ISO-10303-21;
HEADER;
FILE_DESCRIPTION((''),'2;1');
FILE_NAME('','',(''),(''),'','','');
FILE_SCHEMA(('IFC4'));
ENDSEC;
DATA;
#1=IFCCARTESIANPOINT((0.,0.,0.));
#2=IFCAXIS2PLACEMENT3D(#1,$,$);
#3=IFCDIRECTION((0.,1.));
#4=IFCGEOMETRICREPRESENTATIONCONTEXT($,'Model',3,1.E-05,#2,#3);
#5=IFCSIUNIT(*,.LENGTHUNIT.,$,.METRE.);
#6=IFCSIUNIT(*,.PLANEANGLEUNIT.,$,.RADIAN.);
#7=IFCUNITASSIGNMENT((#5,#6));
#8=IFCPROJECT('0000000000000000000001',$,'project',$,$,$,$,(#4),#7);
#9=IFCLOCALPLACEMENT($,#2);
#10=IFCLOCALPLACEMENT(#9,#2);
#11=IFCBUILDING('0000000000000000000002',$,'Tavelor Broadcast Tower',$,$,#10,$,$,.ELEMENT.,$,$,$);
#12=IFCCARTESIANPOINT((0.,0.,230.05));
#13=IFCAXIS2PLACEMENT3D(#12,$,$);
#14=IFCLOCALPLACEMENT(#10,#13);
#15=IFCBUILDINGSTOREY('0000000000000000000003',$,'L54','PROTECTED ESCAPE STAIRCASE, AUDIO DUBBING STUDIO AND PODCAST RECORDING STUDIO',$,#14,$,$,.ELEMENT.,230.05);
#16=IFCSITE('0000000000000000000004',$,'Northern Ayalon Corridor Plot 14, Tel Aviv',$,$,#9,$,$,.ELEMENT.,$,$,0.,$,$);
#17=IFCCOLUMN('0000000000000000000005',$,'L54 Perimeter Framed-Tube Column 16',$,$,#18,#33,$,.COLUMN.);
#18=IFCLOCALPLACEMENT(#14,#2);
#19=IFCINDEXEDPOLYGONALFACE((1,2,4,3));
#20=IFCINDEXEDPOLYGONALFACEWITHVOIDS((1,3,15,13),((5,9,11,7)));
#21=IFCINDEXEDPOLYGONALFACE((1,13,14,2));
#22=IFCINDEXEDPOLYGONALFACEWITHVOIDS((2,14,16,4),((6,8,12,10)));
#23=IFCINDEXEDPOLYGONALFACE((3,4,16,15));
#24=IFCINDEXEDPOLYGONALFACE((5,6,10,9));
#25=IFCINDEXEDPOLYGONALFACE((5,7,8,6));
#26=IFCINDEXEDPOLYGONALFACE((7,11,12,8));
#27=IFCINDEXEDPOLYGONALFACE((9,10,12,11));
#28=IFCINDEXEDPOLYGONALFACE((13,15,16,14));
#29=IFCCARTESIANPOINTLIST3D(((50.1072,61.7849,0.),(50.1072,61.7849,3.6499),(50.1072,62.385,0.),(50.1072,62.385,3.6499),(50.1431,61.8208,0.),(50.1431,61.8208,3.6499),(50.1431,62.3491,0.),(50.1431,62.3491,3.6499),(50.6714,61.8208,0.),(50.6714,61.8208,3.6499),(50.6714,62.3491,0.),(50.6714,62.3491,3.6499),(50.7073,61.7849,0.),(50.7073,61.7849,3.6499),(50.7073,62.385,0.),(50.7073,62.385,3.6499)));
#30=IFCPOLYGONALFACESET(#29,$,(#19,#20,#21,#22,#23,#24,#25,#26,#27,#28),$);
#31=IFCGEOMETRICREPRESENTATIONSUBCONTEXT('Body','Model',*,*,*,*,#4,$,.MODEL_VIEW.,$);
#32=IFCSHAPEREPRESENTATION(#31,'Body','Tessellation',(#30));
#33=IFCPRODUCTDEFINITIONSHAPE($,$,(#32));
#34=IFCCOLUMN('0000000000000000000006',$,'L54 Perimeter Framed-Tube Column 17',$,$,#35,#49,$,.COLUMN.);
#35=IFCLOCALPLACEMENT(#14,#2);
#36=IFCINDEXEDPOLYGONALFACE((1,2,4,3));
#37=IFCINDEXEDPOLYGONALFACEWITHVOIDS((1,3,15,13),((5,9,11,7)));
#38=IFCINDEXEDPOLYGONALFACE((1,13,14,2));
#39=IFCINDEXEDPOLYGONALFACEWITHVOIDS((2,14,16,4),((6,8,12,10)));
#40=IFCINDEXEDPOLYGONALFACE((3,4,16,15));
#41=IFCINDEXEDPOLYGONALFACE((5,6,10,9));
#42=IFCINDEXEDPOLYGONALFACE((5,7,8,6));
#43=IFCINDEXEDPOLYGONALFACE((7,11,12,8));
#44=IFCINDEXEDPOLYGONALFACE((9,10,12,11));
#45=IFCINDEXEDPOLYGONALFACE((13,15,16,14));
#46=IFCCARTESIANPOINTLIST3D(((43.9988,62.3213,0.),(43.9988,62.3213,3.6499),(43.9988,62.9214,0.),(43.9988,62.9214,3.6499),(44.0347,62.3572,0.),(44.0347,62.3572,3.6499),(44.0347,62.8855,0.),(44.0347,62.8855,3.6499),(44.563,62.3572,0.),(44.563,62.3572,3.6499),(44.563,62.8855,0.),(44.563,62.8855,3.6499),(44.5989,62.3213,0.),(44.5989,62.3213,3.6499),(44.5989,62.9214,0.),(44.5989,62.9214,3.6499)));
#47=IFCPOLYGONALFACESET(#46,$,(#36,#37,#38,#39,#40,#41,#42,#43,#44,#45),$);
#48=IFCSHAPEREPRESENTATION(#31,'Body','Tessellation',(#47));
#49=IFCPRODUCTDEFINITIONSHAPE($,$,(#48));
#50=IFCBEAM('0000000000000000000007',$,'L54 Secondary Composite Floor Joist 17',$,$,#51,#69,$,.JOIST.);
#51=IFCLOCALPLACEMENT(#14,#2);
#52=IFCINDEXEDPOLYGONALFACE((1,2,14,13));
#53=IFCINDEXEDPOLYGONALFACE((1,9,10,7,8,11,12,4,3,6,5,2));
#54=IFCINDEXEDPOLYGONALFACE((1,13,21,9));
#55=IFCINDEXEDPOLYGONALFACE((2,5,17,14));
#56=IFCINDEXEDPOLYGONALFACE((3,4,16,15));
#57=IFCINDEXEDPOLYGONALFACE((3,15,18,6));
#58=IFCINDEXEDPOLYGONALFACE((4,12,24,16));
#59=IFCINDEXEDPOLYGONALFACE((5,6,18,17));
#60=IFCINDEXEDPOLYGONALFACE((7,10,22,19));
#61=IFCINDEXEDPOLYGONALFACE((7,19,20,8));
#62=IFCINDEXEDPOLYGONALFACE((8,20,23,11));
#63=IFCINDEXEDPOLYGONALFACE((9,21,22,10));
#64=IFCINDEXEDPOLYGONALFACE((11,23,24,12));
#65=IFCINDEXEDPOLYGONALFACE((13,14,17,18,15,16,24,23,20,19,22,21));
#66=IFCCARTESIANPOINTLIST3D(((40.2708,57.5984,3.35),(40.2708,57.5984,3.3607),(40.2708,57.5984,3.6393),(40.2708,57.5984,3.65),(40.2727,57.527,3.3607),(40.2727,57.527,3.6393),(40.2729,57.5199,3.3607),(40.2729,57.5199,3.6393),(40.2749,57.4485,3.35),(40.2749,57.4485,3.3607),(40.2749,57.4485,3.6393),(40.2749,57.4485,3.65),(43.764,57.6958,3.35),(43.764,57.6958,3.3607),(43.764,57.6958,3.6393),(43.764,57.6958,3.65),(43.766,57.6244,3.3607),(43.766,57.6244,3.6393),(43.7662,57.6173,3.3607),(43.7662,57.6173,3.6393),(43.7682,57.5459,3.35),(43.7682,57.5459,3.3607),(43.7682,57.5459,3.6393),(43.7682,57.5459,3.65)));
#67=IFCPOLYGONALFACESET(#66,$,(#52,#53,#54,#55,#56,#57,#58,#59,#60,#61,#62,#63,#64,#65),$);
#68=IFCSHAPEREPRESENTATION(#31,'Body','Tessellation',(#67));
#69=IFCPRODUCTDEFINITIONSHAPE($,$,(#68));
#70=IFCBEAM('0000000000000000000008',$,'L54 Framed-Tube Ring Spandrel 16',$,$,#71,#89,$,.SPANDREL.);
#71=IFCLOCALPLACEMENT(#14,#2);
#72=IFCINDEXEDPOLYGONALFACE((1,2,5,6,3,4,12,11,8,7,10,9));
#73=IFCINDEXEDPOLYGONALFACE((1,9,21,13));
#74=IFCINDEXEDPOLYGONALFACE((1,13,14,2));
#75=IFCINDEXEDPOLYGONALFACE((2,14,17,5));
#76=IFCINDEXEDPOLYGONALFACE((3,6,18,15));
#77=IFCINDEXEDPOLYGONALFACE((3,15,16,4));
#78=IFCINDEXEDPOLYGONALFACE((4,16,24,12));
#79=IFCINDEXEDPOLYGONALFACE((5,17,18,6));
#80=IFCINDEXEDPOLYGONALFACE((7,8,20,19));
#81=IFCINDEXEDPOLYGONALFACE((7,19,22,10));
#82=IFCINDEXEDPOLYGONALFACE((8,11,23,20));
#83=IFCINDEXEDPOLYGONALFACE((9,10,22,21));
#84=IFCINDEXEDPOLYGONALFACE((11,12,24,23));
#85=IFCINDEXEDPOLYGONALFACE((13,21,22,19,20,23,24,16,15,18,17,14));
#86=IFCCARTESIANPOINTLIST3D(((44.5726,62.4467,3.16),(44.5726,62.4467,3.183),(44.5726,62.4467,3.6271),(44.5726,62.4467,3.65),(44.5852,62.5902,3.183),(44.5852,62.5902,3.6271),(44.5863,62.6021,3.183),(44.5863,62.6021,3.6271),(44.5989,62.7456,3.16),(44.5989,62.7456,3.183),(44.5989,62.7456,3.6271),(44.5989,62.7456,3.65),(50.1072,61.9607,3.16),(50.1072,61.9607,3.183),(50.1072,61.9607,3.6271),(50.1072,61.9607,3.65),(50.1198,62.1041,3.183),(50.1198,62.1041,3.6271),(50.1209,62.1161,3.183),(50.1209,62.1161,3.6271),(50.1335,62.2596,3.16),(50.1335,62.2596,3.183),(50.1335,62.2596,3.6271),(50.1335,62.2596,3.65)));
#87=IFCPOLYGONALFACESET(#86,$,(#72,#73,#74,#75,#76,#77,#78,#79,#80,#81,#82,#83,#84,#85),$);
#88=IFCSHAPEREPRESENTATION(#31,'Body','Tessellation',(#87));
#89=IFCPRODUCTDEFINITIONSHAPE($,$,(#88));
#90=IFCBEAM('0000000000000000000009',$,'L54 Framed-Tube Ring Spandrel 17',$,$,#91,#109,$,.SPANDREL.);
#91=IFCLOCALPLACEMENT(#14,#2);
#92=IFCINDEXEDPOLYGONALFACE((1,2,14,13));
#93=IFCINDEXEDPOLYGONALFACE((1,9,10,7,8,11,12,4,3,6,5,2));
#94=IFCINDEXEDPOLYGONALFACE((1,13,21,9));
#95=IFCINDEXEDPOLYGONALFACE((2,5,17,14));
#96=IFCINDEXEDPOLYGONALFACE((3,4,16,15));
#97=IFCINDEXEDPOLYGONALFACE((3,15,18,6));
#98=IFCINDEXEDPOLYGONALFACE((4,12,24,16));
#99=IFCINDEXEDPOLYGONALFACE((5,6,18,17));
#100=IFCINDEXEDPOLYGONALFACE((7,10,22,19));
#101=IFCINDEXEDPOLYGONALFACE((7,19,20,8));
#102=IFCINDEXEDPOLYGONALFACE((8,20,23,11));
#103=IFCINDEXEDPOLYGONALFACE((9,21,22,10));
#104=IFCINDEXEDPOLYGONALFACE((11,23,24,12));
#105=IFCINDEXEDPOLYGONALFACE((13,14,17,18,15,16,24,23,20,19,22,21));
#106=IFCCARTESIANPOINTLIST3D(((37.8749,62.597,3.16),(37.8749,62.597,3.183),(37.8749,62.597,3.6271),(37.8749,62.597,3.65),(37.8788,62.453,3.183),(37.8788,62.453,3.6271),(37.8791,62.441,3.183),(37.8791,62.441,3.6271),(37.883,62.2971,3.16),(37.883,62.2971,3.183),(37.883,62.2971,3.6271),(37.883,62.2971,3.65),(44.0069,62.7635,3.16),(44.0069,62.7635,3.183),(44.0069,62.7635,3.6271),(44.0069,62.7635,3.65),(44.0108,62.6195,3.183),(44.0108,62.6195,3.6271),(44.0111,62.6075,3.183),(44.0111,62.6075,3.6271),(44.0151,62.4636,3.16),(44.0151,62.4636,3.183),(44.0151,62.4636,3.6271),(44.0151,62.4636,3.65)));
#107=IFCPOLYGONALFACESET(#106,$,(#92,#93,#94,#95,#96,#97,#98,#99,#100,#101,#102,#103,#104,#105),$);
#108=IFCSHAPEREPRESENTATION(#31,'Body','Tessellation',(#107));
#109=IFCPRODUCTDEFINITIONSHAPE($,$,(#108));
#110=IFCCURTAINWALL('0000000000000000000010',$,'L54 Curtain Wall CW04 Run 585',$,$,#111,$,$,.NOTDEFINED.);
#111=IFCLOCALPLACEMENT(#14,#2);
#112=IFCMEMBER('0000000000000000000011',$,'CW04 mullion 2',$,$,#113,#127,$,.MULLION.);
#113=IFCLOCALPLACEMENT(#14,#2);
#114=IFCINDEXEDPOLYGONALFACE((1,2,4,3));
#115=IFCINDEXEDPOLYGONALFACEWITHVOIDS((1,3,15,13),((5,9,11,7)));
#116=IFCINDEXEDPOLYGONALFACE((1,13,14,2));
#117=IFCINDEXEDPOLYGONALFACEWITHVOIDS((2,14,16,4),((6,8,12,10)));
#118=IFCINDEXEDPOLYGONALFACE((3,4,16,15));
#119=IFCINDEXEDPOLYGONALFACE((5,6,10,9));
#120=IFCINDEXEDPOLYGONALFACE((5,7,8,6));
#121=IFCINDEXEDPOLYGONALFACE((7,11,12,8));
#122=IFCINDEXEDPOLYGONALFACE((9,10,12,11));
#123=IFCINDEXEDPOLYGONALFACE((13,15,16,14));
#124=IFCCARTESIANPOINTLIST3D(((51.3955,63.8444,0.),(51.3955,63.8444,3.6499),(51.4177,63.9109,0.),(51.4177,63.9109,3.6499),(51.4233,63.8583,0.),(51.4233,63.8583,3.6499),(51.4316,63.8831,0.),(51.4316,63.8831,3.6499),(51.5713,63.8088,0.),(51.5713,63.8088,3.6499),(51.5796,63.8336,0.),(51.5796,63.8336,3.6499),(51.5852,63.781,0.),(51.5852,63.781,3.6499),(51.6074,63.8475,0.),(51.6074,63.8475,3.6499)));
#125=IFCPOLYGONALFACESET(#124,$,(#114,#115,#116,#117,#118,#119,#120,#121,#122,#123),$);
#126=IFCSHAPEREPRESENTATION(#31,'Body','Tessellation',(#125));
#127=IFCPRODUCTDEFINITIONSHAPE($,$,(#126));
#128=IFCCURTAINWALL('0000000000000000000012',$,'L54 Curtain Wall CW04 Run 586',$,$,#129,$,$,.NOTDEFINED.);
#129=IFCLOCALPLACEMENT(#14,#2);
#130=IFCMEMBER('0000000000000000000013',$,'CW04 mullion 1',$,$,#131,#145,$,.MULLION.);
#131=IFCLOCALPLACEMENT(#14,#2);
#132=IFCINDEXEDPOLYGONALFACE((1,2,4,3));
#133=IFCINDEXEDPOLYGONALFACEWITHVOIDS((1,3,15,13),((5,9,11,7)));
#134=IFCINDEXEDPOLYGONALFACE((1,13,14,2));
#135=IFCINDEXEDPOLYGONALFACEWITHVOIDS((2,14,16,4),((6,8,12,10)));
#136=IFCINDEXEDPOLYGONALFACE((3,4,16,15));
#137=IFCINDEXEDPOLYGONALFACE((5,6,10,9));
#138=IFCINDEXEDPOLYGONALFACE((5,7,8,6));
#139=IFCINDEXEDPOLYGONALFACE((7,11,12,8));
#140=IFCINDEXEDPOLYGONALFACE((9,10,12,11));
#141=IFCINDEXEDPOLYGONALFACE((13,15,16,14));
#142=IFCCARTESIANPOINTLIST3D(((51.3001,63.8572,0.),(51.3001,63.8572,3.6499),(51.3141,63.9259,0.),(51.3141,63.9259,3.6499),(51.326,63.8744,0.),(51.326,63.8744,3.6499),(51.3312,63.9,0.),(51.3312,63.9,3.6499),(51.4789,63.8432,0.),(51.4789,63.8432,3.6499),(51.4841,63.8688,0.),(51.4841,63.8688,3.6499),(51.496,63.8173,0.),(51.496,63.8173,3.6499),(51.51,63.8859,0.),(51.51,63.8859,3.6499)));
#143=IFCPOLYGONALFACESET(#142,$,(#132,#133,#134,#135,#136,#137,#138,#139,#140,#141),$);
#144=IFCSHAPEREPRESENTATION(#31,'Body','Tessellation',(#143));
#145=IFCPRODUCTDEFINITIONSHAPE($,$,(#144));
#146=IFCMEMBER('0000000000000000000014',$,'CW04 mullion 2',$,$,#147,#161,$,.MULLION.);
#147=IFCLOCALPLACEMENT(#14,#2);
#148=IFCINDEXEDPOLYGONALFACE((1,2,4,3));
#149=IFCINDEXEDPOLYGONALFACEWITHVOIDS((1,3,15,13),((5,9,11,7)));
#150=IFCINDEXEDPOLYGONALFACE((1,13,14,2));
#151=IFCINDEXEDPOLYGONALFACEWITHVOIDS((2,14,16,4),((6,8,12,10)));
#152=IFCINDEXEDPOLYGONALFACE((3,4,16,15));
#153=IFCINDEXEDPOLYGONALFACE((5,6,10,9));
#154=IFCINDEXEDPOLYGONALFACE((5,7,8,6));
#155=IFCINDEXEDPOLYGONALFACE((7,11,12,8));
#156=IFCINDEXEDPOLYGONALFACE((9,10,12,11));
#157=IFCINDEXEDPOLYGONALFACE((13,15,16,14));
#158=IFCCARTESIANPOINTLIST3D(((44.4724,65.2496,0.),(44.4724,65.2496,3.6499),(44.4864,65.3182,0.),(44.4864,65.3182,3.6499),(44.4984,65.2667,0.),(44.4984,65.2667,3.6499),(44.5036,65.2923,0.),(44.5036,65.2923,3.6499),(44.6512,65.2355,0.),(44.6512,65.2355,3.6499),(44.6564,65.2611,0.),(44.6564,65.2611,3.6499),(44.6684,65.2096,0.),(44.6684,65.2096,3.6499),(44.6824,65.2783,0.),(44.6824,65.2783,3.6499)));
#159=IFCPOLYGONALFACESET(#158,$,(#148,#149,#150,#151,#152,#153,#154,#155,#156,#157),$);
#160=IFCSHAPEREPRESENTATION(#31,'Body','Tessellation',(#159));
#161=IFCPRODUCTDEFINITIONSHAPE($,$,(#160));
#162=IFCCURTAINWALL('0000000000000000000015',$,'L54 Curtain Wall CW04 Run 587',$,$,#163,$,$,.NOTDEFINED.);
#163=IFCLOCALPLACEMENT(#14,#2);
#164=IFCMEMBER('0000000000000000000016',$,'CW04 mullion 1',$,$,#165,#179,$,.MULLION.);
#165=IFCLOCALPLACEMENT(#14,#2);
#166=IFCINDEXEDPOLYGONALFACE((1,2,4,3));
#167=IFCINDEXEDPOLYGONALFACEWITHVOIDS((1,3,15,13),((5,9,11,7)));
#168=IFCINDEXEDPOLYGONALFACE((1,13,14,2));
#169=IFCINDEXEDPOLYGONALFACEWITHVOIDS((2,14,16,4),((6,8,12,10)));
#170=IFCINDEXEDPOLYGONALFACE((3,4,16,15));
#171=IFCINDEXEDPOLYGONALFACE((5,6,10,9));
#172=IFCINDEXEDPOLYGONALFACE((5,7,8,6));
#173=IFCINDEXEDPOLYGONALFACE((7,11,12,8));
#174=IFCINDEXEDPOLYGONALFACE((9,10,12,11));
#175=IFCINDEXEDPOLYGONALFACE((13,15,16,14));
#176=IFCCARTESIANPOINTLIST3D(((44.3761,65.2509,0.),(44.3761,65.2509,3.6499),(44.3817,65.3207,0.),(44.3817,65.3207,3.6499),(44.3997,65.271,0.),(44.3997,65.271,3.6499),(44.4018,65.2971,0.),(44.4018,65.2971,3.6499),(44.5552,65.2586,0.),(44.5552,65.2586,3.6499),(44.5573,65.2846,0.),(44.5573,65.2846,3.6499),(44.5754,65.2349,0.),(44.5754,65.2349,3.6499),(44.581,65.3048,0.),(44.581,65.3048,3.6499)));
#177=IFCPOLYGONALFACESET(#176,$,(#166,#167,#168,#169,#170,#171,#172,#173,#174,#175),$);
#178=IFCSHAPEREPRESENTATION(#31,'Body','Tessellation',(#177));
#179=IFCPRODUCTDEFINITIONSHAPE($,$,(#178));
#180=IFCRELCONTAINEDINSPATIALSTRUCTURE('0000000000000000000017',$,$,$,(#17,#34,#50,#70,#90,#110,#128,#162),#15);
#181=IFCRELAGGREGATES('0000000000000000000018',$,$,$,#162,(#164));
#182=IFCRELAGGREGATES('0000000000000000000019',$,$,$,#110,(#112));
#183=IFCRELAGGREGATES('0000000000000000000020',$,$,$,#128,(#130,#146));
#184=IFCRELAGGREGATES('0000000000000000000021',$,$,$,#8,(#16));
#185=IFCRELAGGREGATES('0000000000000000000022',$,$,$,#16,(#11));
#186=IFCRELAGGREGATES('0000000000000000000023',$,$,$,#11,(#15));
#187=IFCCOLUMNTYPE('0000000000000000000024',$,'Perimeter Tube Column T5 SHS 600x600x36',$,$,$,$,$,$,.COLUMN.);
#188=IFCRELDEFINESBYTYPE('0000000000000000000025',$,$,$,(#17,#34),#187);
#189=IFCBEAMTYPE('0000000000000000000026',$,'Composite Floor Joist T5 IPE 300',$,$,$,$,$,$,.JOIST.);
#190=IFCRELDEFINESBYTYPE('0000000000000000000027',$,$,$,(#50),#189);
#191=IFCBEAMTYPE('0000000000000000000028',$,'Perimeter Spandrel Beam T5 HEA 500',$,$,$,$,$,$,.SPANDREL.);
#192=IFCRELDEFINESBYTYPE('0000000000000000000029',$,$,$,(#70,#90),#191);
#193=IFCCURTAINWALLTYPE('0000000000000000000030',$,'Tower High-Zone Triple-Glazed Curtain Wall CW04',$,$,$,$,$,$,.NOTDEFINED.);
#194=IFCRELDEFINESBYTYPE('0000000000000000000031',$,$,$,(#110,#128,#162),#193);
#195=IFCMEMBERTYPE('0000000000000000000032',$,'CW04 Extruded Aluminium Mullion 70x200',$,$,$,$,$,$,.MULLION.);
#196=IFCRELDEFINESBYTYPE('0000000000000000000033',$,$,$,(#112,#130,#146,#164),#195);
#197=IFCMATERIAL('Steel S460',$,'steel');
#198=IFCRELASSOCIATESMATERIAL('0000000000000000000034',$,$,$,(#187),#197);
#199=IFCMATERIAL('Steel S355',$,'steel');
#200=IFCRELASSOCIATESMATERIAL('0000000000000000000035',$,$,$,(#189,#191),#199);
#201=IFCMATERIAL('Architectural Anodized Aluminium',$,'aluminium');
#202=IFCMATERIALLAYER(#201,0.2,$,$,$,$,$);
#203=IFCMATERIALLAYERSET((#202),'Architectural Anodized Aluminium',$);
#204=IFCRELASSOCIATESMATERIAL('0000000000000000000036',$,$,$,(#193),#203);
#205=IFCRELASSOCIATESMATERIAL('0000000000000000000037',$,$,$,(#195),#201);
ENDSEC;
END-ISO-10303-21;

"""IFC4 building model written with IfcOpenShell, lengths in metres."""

from ifc_helpers import new_model, si_unit, direction, frame, origin, origin_2d, place, context, subcontext, project, spatial, hollow_rectangle, i_section, extrude, source, transform, mapped, material, layer, layer_set, material_profile, profile_set, type_object, type_shapes, element, aggregate, save


model = new_model("IFC4")

# Units and contexts
model_context = context("Model", 3, precision=1e-05, world=origin(), true_north=direction((0.0, 1.0)))
body_context = subcontext(model_context, "Body", "Model", "MODEL_VIEW")
ifc_project = project(units=[si_unit("LENGTHUNIT", "METRE"), si_unit("PLANEANGLEUNIT", "RADIAN")], contexts=[model_context])

# Site, building, storey
site_placement = place(None, origin())
site = spatial("IfcSite", under=ifc_project, at=site_placement, Name="Northern Ayalon Corridor Plot 14, Tel Aviv", CompositionType="ELEMENT", RefElevation=0.0)
building_placement = place(site_placement, origin())
building = spatial("IfcBuilding", under=site, at=building_placement, Name="Tavelor Broadcast Tower", CompositionType="ELEMENT")
storey_placement = place(building_placement, frame((0.0, 0.0, 230.05)))
storey = spatial("IfcBuildingStorey", under=building, at=storey_placement, Name="L54", Description="PROTECTED ESCAPE STAIRCASE, AUDIO DUBBING STUDIO AND PODCAST RECORDING STUDIO", CompositionType="ELEMENT", Elevation=230.05)

# Columns
ifc_material_1 = material(Name="Steel S460", Category="steel")
ifc_material_profile_1 = material_profile(ifc_material_1, hollow_rectangle(XDim=0.6001, YDim=0.6001, WallThickness=0.0359, at=origin_2d()), Name="SHS 600x600x36")
ifc_profile_set_1 = profile_set([ifc_material_profile_1], Name="Steel S460")
column_type = type_object("IfcColumnType", Name="Perimeter Tube Column T5 SHS 600x600x36", PredefinedType="COLUMN", material=ifc_profile_set_1)
for number, where, z_axis, x_axis, name in (
    (1, (50.4072, 62.085, 0.0), (0.0, 0.0, 1.0), (1.0, 0.0, 0.0), "L54 Perimeter Framed-Tube Column 16"),
    (2, (44.2988, 62.6213, 0.0), (0.0, 0.0, 1.0), (1.0, 0.0, 0.0), "L54 Perimeter Framed-Tube Column 17"),
):
    element("IfcColumn", number, at=place(storey_placement, frame(where, z_axis=z_axis, x_axis=x_axis)), inside=storey, type_object=column_type, Name=name, PredefinedType="COLUMN", context=body_context, shape_type="SweptSolid", body=[
        extrude(hollow_rectangle(XDim=0.6001, YDim=0.6001, WallThickness=0.0359, at=origin_2d()), origin(), (0.0, 0.0, 1.0), 3.6499),
    ])

# Beams
ifc_material_2 = material(Name="Steel S355", Category="steel")
ifc_material_profile_2 = material_profile(ifc_material_2, i_section(OverallWidth=0.1499, OverallDepth=0.3, WebThickness=0.0071, FlangeThickness=0.0107, at=origin_2d()), Name="IPE 300")
ifc_profile_set_2 = profile_set([ifc_material_profile_2], Name="Steel S355")
beam_type_1 = type_object("IfcBeamType", Name="Composite Floor Joist T5 IPE 300", PredefinedType="JOIST", material=ifc_profile_set_2)
beam_1_placement = place(storey_placement, frame((43.7661, 57.6208, 3.5), z_axis=(-0.999611, -0.027876, 0.0), x_axis=(0.027876, -0.999611, 0.0)))
element("IfcBeam", 3, at=beam_1_placement, inside=storey, type_object=beam_type_1, Name="L54 Secondary Composite Floor Joist 17", PredefinedType="JOIST", context=body_context, shape_type="SweptSolid", body=[
    extrude(i_section(OverallWidth=0.1499, OverallDepth=0.3, WebThickness=0.0071, FlangeThickness=0.0107, at=origin_2d()), origin(), (0.0, 0.0, 1.0), 3.4946),
])
ifc_material_profile_3 = material_profile(ifc_material_2, i_section(OverallWidth=0.3, OverallDepth=0.49, WebThickness=0.012, FlangeThickness=0.0229, at=origin_2d()), Name="HEA 500")
ifc_profile_set_3 = profile_set([ifc_material_profile_3], Name="Steel S355")
beam_type_2 = type_object("IfcBeamType", Name="Perimeter Spandrel Beam T5 HEA 500", PredefinedType="SPANDREL", material=ifc_profile_set_3)
beam_2_placement = place(storey_placement, frame((50.1204, 62.1101, 3.405), z_axis=(-0.996166, 0.087489, 0.0), x_axis=(-0.087489, -0.996166, 0.0)))
element("IfcBeam", 4, at=beam_2_placement, inside=storey, type_object=beam_type_2, Name="L54 Framed-Tube Ring Spandrel 16", PredefinedType="SPANDREL", context=body_context, shape_type="SweptSolid", body=[
    extrude(i_section(OverallWidth=0.3, OverallDepth=0.49, WebThickness=0.012, FlangeThickness=0.0229, at=origin_2d()), origin(), (0.0, 0.0, 1.0), 5.5559),
])
beam_3_placement = place(storey_placement, frame((44.011, 62.6135, 3.405), z_axis=(-0.999632, -0.027143, 0.0), x_axis=(0.027143, -0.999632, 0.0)))
element("IfcBeam", 5, at=beam_3_placement, inside=storey, type_object=beam_type_2, Name="L54 Framed-Tube Ring Spandrel 17", PredefinedType="SPANDREL", context=body_context, shape_type="SweptSolid", body=[
    extrude(i_section(OverallWidth=0.3, OverallDepth=0.49, WebThickness=0.012, FlangeThickness=0.0229, at=origin_2d()), origin(), (0.0, 0.0, 1.0), 6.1343),
])

# Curtain wall, member
ifc_material_3 = material(Name="Architectural Anodized Aluminium", Category="aluminium")
ifc_layer_1 = layer(ifc_material_3, 0.2)
ifc_layer_set_1 = layer_set([ifc_layer_1], Name="Architectural Anodized Aluminium")
curtain_wall_type = type_object("IfcCurtainWallType", Name="Tower High-Zone Triple-Glazed Curtain Wall CW04", PredefinedType="NOTDEFINED", material=ifc_layer_set_1)
curtain_wall_1_placement = place(storey_placement, origin())
curtain_wall_1 = element("IfcCurtainWall", 6, at=curtain_wall_1_placement, inside=storey, type_object=curtain_wall_type, Name="L54 Curtain Wall CW04 Run 585", PredefinedType="NOTDEFINED")
ifc_material_profile_4 = material_profile(ifc_material_3, hollow_rectangle(XDim=0.0701, YDim=0.2, WallThickness=0.022, at=origin_2d()), Name="RHS 70x200x22")
ifc_profile_set_4 = profile_set([ifc_material_profile_4], Name="Architectural Anodized Aluminium")
member_type_1 = type_object("IfcMemberType", Name="CW04 Extruded Aluminium Mullion 70x200", PredefinedType="MULLION", material=ifc_profile_set_4)
shared_shape_1 = source(origin(), body_context, "Body", "SweptSolid", [
    extrude(hollow_rectangle(XDim=0.0701, YDim=0.2, WallThickness=0.022, at=origin_2d()), origin(), (0.0, 0.0, 1.0), 3.6499),
])
type_shapes(member_type_1, [shared_shape_1])
member_1_placement = place(storey_placement, frame((51.5015, 63.8459, 0.0), z_axis=(0.0, 0.0, 1.0), x_axis=(-0.3169, -0.948459, 0.0)))
member_1 = element("IfcMember", 7, at=member_1_placement, type_object=member_type_1, Name="CW04 mullion 2", PredefinedType="MULLION", context=body_context, shape_type="MappedRepresentation", body=[
    mapped(shared_shape_1, transform((0.0, 0.0, 0.0), scale=1.0)),
])

# Curtain wall, members
curtain_wall_2_placement = place(storey_placement, origin())
curtain_wall_2 = element("IfcCurtainWall", 8, at=curtain_wall_2_placement, inside=storey, type_object=curtain_wall_type, Name="L54 Curtain Wall CW04 Run 586", PredefinedType="NOTDEFINED")
member_2_placement = place(storey_placement, frame((51.405, 63.8716, 0.0), z_axis=(0.0, 0.0, 1.0), x_axis=(-0.199787, -0.979839, 0.0)))
member_2 = element("IfcMember", 9, at=member_2_placement, type_object=member_type_1, Name="CW04 mullion 1", PredefinedType="MULLION", context=body_context, shape_type="MappedRepresentation", body=[
    mapped(shared_shape_1, transform((0.0, 0.0, 0.0), scale=1.0)),
])
member_3_placement = place(storey_placement, frame((44.5774, 65.2639, 0.0), z_axis=(0.0, 0.0, 1.0), x_axis=(-0.199787, -0.979839, 0.0)))
member_3 = element("IfcMember", 10, at=member_3_placement, type_object=member_type_1, Name="CW04 mullion 2", PredefinedType="MULLION", context=body_context, shape_type="MappedRepresentation", body=[
    mapped(shared_shape_1, transform((0.0, 0.0, 0.0), scale=1.0)),
])

# Curtain wall, member
curtain_wall_3_placement = place(storey_placement, origin())
curtain_wall_3 = element("IfcCurtainWall", 11, at=curtain_wall_3_placement, inside=storey, type_object=curtain_wall_type, Name="L54 Curtain Wall CW04 Run 587", PredefinedType="NOTDEFINED")
member_4_placement = place(storey_placement, frame((44.4785, 65.2778, 0.0), z_axis=(0.0, 0.0, 1.0), x_axis=(-0.079768, -0.996813, 0.0)))
member_4 = element("IfcMember", 12, at=member_4_placement, type_object=member_type_1, Name="CW04 mullion 1", PredefinedType="MULLION", context=body_context, shape_type="MappedRepresentation", body=[
    mapped(shared_shape_1, transform((0.0, 0.0, 0.0), scale=1.0)),
])

aggregate(curtain_wall_3, [member_4])

aggregate(curtain_wall_1, [member_1])
aggregate(curtain_wall_2, [member_2, member_3])

save(model, "model.ifc")
